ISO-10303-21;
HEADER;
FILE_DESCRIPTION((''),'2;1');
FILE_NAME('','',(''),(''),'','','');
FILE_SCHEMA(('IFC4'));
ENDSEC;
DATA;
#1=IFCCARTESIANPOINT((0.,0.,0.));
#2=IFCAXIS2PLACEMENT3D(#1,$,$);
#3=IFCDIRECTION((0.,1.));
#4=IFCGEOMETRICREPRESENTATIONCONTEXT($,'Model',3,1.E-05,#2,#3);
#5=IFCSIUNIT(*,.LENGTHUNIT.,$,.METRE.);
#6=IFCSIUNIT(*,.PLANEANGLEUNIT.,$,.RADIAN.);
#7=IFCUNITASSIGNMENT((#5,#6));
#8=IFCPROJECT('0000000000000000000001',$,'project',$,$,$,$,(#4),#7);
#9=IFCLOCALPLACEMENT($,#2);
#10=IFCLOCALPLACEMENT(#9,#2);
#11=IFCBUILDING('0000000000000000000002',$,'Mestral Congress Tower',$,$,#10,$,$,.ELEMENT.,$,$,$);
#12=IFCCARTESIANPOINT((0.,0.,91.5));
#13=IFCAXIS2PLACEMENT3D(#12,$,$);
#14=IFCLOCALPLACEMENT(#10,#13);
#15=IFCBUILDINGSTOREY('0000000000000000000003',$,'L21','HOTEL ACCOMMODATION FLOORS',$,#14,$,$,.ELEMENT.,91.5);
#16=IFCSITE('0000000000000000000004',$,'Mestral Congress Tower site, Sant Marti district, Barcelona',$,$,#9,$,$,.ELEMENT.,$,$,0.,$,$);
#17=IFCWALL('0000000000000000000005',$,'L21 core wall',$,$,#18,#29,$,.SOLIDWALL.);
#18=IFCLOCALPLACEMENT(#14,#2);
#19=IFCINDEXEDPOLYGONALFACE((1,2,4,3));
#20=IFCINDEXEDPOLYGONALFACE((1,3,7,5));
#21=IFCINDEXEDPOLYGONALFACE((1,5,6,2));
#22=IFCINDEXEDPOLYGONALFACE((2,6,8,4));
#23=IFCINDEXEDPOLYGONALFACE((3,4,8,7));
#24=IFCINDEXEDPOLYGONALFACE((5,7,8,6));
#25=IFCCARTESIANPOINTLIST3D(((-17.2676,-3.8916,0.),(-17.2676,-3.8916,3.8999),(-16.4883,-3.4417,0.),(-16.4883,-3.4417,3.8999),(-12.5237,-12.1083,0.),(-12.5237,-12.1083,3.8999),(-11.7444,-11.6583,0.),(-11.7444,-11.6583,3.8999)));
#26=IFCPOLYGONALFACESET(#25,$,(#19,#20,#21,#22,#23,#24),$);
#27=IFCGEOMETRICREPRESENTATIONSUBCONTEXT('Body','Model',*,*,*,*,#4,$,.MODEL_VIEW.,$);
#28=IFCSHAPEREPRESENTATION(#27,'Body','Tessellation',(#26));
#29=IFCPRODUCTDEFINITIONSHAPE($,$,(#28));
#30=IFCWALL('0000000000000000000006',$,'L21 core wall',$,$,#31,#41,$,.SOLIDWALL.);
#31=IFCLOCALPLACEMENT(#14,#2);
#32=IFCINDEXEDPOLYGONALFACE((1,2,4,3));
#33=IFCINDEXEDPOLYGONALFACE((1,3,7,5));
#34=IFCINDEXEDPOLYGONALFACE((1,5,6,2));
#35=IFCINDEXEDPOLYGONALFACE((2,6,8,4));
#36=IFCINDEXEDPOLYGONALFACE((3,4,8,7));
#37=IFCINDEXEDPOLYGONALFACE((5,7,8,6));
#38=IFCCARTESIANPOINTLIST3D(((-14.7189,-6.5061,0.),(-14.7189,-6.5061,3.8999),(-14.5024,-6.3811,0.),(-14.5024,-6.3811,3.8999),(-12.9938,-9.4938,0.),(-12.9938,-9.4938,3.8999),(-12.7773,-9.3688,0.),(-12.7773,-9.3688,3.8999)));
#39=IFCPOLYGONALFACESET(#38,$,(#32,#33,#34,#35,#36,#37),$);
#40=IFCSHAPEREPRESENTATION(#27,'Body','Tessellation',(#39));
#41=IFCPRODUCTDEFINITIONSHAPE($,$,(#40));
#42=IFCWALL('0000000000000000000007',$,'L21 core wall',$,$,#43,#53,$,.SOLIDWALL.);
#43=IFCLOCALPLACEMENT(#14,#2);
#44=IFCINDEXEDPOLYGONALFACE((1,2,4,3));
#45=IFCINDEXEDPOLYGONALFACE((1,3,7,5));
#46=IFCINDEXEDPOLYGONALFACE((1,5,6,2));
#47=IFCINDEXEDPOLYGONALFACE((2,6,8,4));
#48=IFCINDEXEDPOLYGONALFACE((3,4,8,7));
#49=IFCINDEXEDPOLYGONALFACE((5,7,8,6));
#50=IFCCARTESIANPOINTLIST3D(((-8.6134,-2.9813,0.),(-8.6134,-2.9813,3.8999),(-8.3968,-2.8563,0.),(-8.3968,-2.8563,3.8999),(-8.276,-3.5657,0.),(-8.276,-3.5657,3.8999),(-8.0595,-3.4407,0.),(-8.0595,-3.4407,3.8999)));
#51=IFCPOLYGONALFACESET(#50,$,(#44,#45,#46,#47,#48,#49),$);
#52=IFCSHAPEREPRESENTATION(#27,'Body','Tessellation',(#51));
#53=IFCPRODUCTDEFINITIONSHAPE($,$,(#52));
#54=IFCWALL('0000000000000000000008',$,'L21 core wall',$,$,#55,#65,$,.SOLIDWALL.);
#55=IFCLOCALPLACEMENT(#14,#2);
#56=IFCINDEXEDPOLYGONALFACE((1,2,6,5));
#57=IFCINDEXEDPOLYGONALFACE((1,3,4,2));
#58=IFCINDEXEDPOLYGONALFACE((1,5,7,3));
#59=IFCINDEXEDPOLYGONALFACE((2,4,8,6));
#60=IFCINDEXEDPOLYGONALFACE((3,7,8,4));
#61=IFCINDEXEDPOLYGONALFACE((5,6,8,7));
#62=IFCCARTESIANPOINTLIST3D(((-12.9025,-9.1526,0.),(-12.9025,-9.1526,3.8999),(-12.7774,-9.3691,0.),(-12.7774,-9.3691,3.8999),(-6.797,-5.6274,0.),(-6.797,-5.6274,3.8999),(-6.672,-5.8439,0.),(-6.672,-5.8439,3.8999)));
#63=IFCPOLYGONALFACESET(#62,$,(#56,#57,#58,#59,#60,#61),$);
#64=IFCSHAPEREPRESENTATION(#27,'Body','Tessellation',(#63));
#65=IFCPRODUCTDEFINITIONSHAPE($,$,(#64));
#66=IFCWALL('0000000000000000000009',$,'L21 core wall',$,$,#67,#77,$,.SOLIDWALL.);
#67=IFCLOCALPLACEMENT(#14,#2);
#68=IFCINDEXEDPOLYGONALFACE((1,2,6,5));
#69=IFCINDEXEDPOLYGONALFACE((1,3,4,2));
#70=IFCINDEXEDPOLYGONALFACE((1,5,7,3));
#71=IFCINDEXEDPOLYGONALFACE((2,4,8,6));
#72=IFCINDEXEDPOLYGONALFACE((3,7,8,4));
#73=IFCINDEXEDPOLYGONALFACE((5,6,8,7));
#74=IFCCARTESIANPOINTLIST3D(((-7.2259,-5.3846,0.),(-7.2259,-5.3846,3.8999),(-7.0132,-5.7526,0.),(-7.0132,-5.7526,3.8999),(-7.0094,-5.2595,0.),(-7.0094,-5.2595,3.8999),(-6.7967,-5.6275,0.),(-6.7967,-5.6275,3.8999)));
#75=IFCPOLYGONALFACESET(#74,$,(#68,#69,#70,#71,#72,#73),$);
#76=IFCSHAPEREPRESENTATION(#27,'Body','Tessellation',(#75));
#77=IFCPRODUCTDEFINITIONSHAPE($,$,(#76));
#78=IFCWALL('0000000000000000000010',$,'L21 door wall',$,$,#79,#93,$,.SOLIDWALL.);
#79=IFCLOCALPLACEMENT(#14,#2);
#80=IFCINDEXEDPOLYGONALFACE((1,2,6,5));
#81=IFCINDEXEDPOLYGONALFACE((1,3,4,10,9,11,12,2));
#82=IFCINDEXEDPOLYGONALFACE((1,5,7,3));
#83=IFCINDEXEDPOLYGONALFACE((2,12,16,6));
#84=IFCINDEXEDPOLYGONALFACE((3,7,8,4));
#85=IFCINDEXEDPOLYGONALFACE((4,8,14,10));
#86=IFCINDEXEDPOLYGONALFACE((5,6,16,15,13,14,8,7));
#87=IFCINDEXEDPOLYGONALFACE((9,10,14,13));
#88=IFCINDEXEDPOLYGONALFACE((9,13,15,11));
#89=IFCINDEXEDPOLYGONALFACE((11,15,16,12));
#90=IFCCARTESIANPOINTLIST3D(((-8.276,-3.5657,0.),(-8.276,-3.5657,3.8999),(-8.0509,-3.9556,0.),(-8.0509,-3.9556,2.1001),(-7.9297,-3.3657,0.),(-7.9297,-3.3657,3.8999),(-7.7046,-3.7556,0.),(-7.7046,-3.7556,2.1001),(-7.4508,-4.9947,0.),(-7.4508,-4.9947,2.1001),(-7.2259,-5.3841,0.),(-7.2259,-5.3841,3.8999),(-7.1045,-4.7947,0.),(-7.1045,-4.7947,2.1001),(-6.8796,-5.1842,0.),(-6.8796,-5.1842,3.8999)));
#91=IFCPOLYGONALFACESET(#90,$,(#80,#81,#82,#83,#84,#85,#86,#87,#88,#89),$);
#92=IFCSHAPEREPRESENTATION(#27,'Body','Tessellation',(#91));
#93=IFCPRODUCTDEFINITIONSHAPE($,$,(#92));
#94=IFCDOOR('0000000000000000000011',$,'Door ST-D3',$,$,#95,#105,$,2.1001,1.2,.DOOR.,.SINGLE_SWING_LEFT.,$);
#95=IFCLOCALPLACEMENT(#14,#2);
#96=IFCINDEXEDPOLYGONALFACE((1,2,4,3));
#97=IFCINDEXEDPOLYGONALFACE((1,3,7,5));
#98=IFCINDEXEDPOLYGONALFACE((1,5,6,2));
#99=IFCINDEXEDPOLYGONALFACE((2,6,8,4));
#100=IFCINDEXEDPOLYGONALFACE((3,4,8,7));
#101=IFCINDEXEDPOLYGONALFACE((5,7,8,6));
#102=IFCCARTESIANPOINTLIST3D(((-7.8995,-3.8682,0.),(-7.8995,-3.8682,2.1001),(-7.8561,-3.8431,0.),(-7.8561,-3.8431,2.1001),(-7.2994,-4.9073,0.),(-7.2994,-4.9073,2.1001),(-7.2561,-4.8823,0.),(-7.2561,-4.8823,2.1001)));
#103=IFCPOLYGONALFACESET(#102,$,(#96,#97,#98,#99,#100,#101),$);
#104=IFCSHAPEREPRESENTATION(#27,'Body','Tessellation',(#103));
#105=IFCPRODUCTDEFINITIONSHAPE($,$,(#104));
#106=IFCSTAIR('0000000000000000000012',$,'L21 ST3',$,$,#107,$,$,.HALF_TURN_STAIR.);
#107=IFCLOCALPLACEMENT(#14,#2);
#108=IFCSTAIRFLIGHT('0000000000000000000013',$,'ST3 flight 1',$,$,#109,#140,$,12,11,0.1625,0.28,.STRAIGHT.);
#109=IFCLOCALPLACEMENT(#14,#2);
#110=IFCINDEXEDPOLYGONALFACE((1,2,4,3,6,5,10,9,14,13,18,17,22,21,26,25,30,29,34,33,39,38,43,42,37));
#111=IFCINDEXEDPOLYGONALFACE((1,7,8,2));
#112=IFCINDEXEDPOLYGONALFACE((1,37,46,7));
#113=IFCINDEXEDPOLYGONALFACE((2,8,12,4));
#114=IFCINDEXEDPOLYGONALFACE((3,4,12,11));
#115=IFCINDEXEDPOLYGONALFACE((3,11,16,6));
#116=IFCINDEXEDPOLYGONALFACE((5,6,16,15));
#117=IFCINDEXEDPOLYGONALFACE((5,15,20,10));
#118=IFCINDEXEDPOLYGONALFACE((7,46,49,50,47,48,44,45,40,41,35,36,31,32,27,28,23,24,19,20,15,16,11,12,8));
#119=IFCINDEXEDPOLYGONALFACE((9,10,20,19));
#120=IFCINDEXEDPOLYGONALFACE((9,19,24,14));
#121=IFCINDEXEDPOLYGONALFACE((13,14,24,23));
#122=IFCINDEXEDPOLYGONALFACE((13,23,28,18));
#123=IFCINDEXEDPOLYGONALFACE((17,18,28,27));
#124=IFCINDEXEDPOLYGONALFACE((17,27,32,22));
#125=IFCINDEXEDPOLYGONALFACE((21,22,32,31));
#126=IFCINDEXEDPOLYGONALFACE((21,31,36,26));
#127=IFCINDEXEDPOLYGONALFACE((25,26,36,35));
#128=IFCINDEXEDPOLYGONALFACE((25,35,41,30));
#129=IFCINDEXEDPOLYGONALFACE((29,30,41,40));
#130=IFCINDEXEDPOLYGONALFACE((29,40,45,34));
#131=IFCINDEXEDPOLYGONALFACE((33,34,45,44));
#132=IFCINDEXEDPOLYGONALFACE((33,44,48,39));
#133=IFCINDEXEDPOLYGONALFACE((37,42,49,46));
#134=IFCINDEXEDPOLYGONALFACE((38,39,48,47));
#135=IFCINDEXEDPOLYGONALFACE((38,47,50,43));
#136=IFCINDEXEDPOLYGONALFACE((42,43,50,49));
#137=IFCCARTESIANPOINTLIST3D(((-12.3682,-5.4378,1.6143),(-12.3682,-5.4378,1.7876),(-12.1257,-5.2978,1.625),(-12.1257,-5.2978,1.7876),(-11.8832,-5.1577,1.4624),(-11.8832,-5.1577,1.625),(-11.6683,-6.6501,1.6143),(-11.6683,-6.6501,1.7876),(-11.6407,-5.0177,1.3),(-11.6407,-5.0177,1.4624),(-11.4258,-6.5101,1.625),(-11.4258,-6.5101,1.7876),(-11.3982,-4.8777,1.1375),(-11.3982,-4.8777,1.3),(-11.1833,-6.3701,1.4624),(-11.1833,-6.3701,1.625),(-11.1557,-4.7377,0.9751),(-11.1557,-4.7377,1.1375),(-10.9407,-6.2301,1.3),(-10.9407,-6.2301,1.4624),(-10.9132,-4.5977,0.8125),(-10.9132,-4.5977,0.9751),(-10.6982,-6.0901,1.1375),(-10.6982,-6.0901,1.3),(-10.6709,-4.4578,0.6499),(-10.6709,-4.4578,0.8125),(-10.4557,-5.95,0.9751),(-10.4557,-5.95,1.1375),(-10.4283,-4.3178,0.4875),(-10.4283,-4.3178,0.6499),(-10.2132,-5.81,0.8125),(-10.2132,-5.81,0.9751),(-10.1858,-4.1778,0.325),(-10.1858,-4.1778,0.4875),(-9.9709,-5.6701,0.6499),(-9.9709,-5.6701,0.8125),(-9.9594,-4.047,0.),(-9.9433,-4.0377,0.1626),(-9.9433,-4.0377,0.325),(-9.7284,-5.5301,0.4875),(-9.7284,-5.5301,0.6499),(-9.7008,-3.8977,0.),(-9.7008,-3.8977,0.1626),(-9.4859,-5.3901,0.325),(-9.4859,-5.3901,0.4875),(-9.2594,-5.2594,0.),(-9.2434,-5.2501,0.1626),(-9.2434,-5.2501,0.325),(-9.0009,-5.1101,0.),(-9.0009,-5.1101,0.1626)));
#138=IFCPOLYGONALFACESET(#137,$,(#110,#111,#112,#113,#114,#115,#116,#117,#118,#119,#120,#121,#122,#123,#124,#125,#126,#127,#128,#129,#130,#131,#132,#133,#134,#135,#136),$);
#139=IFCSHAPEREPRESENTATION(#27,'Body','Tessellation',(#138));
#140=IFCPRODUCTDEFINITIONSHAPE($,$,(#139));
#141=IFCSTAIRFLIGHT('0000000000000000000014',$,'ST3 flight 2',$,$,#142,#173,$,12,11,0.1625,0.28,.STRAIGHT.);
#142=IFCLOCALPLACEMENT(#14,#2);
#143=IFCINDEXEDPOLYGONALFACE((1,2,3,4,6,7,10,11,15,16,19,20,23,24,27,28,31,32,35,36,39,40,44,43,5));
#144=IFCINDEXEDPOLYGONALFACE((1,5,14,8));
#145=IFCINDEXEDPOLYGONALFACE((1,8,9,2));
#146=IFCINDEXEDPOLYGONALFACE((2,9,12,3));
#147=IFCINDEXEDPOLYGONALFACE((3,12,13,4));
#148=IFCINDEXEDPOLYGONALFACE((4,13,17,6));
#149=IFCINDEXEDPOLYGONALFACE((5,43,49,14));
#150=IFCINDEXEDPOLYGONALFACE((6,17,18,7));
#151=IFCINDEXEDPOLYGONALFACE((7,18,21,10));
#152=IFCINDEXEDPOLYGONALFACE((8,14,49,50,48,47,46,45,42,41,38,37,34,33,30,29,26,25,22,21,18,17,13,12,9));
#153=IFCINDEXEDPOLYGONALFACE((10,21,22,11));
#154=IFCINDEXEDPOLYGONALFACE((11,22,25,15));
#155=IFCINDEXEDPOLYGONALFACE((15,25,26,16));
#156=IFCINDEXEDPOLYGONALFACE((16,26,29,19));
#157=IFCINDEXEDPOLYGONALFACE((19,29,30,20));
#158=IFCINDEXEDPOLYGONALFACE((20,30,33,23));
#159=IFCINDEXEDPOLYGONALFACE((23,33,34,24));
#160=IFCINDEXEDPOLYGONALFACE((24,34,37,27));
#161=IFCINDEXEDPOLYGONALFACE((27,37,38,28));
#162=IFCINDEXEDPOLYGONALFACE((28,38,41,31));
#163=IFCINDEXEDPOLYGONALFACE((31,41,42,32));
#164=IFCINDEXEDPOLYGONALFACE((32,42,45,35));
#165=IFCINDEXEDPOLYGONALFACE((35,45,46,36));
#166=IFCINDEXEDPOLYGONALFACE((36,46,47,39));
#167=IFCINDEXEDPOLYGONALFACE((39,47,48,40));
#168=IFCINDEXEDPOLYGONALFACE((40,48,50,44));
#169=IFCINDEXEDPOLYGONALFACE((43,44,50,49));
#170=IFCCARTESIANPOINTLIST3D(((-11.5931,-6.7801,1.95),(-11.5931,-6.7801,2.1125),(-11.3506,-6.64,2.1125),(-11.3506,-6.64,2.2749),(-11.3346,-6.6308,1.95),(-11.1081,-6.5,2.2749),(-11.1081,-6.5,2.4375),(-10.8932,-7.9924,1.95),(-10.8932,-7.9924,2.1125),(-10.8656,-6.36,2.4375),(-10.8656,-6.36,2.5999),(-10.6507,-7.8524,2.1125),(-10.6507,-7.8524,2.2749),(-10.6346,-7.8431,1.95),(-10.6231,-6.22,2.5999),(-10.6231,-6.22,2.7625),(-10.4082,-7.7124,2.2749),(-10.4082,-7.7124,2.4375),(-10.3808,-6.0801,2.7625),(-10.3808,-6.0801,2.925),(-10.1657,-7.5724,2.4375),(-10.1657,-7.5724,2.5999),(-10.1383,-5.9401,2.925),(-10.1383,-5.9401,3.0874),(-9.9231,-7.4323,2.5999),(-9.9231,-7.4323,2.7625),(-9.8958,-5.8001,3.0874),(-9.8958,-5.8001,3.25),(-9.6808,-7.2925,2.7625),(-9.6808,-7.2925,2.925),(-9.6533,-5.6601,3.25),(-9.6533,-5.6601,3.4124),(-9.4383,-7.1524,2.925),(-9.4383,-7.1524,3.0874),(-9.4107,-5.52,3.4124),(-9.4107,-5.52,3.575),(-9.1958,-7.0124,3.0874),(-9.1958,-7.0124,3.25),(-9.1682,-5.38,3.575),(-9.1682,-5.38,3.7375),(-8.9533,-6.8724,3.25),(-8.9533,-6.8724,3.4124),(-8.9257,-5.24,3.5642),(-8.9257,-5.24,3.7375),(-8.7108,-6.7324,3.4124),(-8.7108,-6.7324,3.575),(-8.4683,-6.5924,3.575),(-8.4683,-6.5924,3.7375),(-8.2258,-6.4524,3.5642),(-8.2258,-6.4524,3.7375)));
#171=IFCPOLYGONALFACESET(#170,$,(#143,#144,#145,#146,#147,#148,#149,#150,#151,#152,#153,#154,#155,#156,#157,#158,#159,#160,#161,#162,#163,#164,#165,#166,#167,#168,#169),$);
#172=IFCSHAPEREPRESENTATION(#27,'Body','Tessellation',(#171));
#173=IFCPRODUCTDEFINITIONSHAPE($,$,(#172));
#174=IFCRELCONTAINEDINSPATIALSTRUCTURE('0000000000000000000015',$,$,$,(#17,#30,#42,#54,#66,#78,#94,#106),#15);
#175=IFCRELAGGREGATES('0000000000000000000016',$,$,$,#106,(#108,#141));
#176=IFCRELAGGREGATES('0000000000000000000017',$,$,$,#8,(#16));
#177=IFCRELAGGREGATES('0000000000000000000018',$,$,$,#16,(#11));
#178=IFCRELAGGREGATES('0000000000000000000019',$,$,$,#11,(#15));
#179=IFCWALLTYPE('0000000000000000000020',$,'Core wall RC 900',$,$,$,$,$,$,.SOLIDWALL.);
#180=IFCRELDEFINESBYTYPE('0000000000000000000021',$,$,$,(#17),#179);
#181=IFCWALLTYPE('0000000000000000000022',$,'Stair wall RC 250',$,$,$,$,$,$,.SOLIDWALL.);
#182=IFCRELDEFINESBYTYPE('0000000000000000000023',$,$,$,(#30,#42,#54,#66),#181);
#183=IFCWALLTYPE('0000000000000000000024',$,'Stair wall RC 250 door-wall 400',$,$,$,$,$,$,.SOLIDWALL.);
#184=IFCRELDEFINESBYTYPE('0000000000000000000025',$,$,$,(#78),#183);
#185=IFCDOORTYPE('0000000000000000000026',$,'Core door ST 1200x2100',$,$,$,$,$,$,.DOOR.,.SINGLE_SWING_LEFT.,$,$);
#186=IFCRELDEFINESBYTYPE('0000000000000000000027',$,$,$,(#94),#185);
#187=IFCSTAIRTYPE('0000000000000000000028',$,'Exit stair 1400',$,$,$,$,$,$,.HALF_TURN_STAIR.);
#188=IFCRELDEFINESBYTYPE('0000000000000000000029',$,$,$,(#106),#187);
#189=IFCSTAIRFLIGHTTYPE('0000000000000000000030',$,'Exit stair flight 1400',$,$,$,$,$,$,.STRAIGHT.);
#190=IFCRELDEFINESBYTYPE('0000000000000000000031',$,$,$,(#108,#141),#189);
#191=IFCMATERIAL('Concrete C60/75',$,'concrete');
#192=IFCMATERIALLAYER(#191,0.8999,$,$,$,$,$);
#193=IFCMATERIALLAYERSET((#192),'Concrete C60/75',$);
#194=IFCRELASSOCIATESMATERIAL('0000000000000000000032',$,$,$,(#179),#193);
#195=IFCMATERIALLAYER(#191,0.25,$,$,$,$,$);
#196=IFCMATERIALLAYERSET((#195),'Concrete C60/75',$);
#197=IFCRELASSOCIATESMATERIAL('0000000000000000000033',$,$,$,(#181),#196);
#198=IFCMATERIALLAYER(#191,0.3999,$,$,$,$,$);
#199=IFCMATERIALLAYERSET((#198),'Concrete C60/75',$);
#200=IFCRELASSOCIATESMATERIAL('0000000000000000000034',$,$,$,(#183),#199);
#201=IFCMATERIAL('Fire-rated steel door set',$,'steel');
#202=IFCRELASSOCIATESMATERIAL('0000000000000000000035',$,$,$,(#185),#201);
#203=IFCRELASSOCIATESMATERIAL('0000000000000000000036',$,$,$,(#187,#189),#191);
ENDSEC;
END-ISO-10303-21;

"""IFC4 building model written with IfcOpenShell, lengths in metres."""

from ifc_helpers import new_model, si_unit, direction, frame, frame_2d, origin, place, context, subcontext, project, spatial, polyline, rectangle, outline, extrude, material, layer, layer_set, type_object, element, fill, aggregate, save


model = new_model("IFC4")

# Units and contexts
model_context = context("Model", 3, precision=1e-05, world=origin(), true_north=direction((0.0, 1.0)))
body_context = subcontext(model_context, "Body", "Model", "MODEL_VIEW")
ifc_project = project(units=[si_unit("LENGTHUNIT", "METRE"), si_unit("PLANEANGLEUNIT", "RADIAN")], contexts=[model_context])

# Site, building, storey
site_placement = place(None, origin())
site = spatial("IfcSite", under=ifc_project, at=site_placement, Name="Mestral Congress Tower site, Sant Marti district, Barcelona", CompositionType="ELEMENT", RefElevation=0.0)
building_placement = place(site_placement, origin())
building = spatial("IfcBuilding", under=site, at=building_placement, Name="Mestral Congress Tower", CompositionType="ELEMENT")
storey_placement = place(building_placement, frame((0.0, 0.0, 91.5)))
storey = spatial("IfcBuildingStorey", under=building, at=storey_placement, Name="L21", Description="HOTEL ACCOMMODATION FLOORS", CompositionType="ELEMENT", Elevation=91.5)

# Walls
ifc_material_1 = material(Name="Concrete C60/75", Category="concrete")
ifc_layer_1 = layer(ifc_material_1, 0.8999)
ifc_layer_set_1 = layer_set([ifc_layer_1], Name="Concrete C60/75")
wall_type_1 = type_object("IfcWallType", Name="Core wall RC 900", PredefinedType="SOLIDWALL", material=ifc_layer_set_1)
wall_1_placement = place(storey_placement, frame((-12.134, -11.8833, 0.0), z_axis=(0.0, 0.0, 1.0), x_axis=(-0.500005, 0.866022, 0.0)))
element("IfcWall", 1, at=wall_1_placement, inside=storey, type_object=wall_type_1, Name="L21 core wall", PredefinedType="SOLIDWALL", context=body_context, shape_type="SweptSolid", body=[
    extrude(rectangle(XDim=9.4878, YDim=0.8999, at=frame_2d((4.7439, 0.0))), origin(), (0.0, 0.0, 1.0), 3.8999),
])
ifc_layer_2 = layer(ifc_material_1, 0.25)
ifc_layer_set_2 = layer_set([ifc_layer_2], Name="Concrete C60/75")
wall_type_2 = type_object("IfcWallType", Name="Stair wall RC 250", PredefinedType="SOLIDWALL", material=ifc_layer_set_2)
wall_2_placement = place(storey_placement, frame((-12.8855, -9.4314, 0.0), z_axis=(0.0, 0.0, 1.0), x_axis=(-0.500021, 0.866014, 0.0)))
element("IfcWall", 2, at=wall_2_placement, inside=storey, type_object=wall_type_2, Name="L21 core wall", PredefinedType="SOLIDWALL", context=body_context, shape_type="SweptSolid", body=[
    extrude(rectangle(XDim=3.45, YDim=0.25, at=frame_2d((1.7251, 0.0))), origin(), (0.0, 0.0, 1.0), 3.8999),
])
wall_3_placement = place(storey_placement, frame((-8.1677, -3.5032, 0.0), z_axis=(0.0, 0.0, 1.0), x_axis=(-0.499952, 0.866053, 0.0)))
element("IfcWall", 3, at=wall_3_placement, inside=storey, type_object=wall_type_2, Name="L21 core wall", PredefinedType="SOLIDWALL", context=body_context, shape_type="SweptSolid", body=[
    extrude(rectangle(XDim=0.6748, YDim=0.25, at=frame_2d((0.3374, 0.0))), origin(), (0.0, 0.0, 1.0), 3.8999),
])
wall_4_placement = place(storey_placement, frame((-12.8398, -9.2607, 0.0), z_axis=(0.0, 0.0, 1.0), x_axis=(0.866016, 0.500016, 0.0)))
element("IfcWall", 4, at=wall_4_placement, inside=storey, type_object=wall_type_2, Name="L21 core wall", PredefinedType="SOLIDWALL", context=body_context, shape_type="SweptSolid", body=[
    extrude(rectangle(XDim=7.05, YDim=0.25, at=frame_2d((3.5249, 0.0))), origin(), (0.0, 0.0, 1.0), 3.8999),
])
wall_5_placement = place(storey_placement, frame((-6.905, -5.6899, 0.0), z_axis=(0.0, 0.0, 1.0), x_axis=(-0.500402, 0.865793, 0.0)))
element("IfcWall", 5, at=wall_5_placement, inside=storey, type_object=wall_type_2, Name="L21 core wall", PredefinedType="SOLIDWALL", context=body_context, shape_type="SweptSolid", body=[
    extrude(rectangle(XDim=0.425, YDim=0.25, at=frame_2d((0.2124, 0.0))), origin(), (0.0, 0.0, 1.0), 3.8999),
])

# Wall, opening, door
ifc_layer_3 = layer(ifc_material_1, 0.3999)
ifc_layer_set_3 = layer_set([ifc_layer_3], Name="Concrete C60/75")
wall_type_3 = type_object("IfcWallType", Name="Stair wall RC 250 door-wall 400", PredefinedType="SOLIDWALL", material=ifc_layer_set_3)
wall_6_placement = place(storey_placement, frame((-8.1028, -3.4658, 0.0), z_axis=(0.0, 0.0, 1.0), x_axis=(0.500078, -0.86598, 0.0)))
wall_6 = element("IfcWall", 6, at=wall_6_placement, inside=storey, type_object=wall_type_3, Name="L21 door wall", PredefinedType="SOLIDWALL", context=body_context, shape_type="SweptSolid", body=[
    extrude(rectangle(XDim=2.0999, YDim=0.3999, at=frame_2d((1.0498, 0.0))), origin(), (0.0, 0.0, 1.0), 3.8999),
])
opening_placement = place(wall_6_placement, frame((0.45, 0.0, 0.0)))
opening = element("IfcOpeningElement", 7, at=opening_placement, cuts=wall_6, PredefinedType="OPENING", context=body_context, shape_type="SweptSolid", body=[
    extrude(rectangle(XDim=1.2, YDim=2.1001, at=frame_2d((0.6001, 1.05))), frame((0.0, 0.21, 0.0), z_axis=(0.0, -1.0, 0.0), x_axis=(1.0, 0.0, 0.0)), (0.0, 0.0, 1.0), 0.4199),
])
ifc_material_2 = material(Name="Fire-rated steel door set", Category="steel")
door_type = type_object("IfcDoorType", Name="Core door ST 1200x2100", OperationType="SINGLE_SWING_LEFT", PredefinedType="DOOR", material=ifc_material_2)
door_placement = place(opening_placement, origin())
door = element("IfcDoor", 8, at=door_placement, inside=storey, type_object=door_type, Name="Door ST-D3", OperationType="SINGLE_SWING_LEFT", OverallHeight=2.1001, OverallWidth=1.2, PredefinedType="DOOR", context=body_context, shape_type="SweptSolid", body=[
    extrude(rectangle(XDim=1.2, YDim=2.1001, at=frame_2d((0.6001, 1.05))), frame((0.0, 0.0249, 0.0), z_axis=(0.0, -1.0, 0.0), x_axis=(1.0, 0.0, 0.0)), (0.0, 0.0, 1.0), 0.05),
])
fill(opening, door)

# Stair, stair flights
stair_type = type_object("IfcStairType", Name="Exit stair 1400", PredefinedType="HALF_TURN_STAIR", material=ifc_material_1)
stair_placement = place(storey_placement, origin())
stair = element("IfcStair", 9, at=stair_placement, inside=storey, type_object=stair_type, Name="L21 ST3", PredefinedType="HALF_TURN_STAIR")
stair_flight_type = type_object("IfcStairFlightType", Name="Exit stair flight 1400", PredefinedType="STRAIGHT", material=ifc_material_1)
stair_flight_1_placement = place(storey_placement, frame((-9.3508, -4.5039, 0.0), z_axis=(0.0, 0.0, 1.0), x_axis=(-0.866025, -0.5, 0.0)))
stair_flight_1 = element("IfcStairFlight", 10, at=stair_flight_1_placement, type_object=stair_flight_type, Name="ST3 flight 1", NumberOfRisers=12, NumberOfTreads=11, PredefinedType="STRAIGHT", RiserHeight=0.1625, TreadLength=0.28, context=body_context, shape_type="SweptSolid", body=[
    extrude(outline(polyline([(0.0, 0.0), (0.0, 0.1626), (0.28, 0.1626), (0.28, 0.325), (0.5601, 0.325), (0.5601, 0.4875), (0.8401, 0.4875), (0.8401, 0.6499), (1.1201, 0.6499), (1.1201, 0.8125), (1.3999, 0.8125), (1.3999, 0.9751), (1.6799, 0.9751), (1.6799, 1.1375), (1.96, 1.1375), (1.96, 1.3), (2.24, 1.3), (2.24, 1.4624), (2.52, 1.4624), (2.52, 1.625), (2.8, 1.625), (2.8, 1.7876), (3.0801, 1.7876), (3.0801, 1.95), (3.0801, 1.6143), (0.2986, 0.0), (0.0, 0.0)])), frame((0.0, 0.7, 0.0), z_axis=(0.0, -1.0, 0.0), x_axis=(1.0, 0.0, 0.0)), (0.0, 0.0, 1.0), 1.3999),
])
stair_flight_2_placement = place(storey_placement, frame((-11.2432, -7.3862, 1.95), z_axis=(0.0, 0.0, 1.0), x_axis=(0.866025, 0.5, 0.0)))
stair_flight_2 = element("IfcStairFlight", 11, at=stair_flight_2_placement, type_object=stair_flight_type, Name="ST3 flight 2", NumberOfRisers=12, NumberOfTreads=11, PredefinedType="STRAIGHT", RiserHeight=0.1625, TreadLength=0.28, context=body_context, shape_type="SweptSolid", body=[
    extrude(outline(polyline([(0.0, 0.0), (0.0, 0.1626), (0.28, 0.1626), (0.28, 0.325), (0.5601, 0.325), (0.5601, 0.4875), (0.8401, 0.4875), (0.8401, 0.6499), (1.1201, 0.6499), (1.1201, 0.8125), (1.3999, 0.8125), (1.3999, 0.9751), (1.6799, 0.9751), (1.6799, 1.1375), (1.96, 1.1375), (1.96, 1.3), (2.24, 1.3), (2.24, 1.4624), (2.52, 1.4624), (2.52, 1.625), (2.8, 1.625), (2.8, 1.7876), (3.0801, 1.7876), (3.0801, 1.95), (3.0801, 1.6143), (0.2986, 0.0), (0.0, 0.0)])), frame((0.0, 0.7, 0.0), z_axis=(0.0, -1.0, 0.0), x_axis=(1.0, 0.0, 0.0)), (0.0, 0.0, 1.0), 1.3999),
])
aggregate(stair, [stair_flight_1, stair_flight_2])

save(model, "model.ifc")
